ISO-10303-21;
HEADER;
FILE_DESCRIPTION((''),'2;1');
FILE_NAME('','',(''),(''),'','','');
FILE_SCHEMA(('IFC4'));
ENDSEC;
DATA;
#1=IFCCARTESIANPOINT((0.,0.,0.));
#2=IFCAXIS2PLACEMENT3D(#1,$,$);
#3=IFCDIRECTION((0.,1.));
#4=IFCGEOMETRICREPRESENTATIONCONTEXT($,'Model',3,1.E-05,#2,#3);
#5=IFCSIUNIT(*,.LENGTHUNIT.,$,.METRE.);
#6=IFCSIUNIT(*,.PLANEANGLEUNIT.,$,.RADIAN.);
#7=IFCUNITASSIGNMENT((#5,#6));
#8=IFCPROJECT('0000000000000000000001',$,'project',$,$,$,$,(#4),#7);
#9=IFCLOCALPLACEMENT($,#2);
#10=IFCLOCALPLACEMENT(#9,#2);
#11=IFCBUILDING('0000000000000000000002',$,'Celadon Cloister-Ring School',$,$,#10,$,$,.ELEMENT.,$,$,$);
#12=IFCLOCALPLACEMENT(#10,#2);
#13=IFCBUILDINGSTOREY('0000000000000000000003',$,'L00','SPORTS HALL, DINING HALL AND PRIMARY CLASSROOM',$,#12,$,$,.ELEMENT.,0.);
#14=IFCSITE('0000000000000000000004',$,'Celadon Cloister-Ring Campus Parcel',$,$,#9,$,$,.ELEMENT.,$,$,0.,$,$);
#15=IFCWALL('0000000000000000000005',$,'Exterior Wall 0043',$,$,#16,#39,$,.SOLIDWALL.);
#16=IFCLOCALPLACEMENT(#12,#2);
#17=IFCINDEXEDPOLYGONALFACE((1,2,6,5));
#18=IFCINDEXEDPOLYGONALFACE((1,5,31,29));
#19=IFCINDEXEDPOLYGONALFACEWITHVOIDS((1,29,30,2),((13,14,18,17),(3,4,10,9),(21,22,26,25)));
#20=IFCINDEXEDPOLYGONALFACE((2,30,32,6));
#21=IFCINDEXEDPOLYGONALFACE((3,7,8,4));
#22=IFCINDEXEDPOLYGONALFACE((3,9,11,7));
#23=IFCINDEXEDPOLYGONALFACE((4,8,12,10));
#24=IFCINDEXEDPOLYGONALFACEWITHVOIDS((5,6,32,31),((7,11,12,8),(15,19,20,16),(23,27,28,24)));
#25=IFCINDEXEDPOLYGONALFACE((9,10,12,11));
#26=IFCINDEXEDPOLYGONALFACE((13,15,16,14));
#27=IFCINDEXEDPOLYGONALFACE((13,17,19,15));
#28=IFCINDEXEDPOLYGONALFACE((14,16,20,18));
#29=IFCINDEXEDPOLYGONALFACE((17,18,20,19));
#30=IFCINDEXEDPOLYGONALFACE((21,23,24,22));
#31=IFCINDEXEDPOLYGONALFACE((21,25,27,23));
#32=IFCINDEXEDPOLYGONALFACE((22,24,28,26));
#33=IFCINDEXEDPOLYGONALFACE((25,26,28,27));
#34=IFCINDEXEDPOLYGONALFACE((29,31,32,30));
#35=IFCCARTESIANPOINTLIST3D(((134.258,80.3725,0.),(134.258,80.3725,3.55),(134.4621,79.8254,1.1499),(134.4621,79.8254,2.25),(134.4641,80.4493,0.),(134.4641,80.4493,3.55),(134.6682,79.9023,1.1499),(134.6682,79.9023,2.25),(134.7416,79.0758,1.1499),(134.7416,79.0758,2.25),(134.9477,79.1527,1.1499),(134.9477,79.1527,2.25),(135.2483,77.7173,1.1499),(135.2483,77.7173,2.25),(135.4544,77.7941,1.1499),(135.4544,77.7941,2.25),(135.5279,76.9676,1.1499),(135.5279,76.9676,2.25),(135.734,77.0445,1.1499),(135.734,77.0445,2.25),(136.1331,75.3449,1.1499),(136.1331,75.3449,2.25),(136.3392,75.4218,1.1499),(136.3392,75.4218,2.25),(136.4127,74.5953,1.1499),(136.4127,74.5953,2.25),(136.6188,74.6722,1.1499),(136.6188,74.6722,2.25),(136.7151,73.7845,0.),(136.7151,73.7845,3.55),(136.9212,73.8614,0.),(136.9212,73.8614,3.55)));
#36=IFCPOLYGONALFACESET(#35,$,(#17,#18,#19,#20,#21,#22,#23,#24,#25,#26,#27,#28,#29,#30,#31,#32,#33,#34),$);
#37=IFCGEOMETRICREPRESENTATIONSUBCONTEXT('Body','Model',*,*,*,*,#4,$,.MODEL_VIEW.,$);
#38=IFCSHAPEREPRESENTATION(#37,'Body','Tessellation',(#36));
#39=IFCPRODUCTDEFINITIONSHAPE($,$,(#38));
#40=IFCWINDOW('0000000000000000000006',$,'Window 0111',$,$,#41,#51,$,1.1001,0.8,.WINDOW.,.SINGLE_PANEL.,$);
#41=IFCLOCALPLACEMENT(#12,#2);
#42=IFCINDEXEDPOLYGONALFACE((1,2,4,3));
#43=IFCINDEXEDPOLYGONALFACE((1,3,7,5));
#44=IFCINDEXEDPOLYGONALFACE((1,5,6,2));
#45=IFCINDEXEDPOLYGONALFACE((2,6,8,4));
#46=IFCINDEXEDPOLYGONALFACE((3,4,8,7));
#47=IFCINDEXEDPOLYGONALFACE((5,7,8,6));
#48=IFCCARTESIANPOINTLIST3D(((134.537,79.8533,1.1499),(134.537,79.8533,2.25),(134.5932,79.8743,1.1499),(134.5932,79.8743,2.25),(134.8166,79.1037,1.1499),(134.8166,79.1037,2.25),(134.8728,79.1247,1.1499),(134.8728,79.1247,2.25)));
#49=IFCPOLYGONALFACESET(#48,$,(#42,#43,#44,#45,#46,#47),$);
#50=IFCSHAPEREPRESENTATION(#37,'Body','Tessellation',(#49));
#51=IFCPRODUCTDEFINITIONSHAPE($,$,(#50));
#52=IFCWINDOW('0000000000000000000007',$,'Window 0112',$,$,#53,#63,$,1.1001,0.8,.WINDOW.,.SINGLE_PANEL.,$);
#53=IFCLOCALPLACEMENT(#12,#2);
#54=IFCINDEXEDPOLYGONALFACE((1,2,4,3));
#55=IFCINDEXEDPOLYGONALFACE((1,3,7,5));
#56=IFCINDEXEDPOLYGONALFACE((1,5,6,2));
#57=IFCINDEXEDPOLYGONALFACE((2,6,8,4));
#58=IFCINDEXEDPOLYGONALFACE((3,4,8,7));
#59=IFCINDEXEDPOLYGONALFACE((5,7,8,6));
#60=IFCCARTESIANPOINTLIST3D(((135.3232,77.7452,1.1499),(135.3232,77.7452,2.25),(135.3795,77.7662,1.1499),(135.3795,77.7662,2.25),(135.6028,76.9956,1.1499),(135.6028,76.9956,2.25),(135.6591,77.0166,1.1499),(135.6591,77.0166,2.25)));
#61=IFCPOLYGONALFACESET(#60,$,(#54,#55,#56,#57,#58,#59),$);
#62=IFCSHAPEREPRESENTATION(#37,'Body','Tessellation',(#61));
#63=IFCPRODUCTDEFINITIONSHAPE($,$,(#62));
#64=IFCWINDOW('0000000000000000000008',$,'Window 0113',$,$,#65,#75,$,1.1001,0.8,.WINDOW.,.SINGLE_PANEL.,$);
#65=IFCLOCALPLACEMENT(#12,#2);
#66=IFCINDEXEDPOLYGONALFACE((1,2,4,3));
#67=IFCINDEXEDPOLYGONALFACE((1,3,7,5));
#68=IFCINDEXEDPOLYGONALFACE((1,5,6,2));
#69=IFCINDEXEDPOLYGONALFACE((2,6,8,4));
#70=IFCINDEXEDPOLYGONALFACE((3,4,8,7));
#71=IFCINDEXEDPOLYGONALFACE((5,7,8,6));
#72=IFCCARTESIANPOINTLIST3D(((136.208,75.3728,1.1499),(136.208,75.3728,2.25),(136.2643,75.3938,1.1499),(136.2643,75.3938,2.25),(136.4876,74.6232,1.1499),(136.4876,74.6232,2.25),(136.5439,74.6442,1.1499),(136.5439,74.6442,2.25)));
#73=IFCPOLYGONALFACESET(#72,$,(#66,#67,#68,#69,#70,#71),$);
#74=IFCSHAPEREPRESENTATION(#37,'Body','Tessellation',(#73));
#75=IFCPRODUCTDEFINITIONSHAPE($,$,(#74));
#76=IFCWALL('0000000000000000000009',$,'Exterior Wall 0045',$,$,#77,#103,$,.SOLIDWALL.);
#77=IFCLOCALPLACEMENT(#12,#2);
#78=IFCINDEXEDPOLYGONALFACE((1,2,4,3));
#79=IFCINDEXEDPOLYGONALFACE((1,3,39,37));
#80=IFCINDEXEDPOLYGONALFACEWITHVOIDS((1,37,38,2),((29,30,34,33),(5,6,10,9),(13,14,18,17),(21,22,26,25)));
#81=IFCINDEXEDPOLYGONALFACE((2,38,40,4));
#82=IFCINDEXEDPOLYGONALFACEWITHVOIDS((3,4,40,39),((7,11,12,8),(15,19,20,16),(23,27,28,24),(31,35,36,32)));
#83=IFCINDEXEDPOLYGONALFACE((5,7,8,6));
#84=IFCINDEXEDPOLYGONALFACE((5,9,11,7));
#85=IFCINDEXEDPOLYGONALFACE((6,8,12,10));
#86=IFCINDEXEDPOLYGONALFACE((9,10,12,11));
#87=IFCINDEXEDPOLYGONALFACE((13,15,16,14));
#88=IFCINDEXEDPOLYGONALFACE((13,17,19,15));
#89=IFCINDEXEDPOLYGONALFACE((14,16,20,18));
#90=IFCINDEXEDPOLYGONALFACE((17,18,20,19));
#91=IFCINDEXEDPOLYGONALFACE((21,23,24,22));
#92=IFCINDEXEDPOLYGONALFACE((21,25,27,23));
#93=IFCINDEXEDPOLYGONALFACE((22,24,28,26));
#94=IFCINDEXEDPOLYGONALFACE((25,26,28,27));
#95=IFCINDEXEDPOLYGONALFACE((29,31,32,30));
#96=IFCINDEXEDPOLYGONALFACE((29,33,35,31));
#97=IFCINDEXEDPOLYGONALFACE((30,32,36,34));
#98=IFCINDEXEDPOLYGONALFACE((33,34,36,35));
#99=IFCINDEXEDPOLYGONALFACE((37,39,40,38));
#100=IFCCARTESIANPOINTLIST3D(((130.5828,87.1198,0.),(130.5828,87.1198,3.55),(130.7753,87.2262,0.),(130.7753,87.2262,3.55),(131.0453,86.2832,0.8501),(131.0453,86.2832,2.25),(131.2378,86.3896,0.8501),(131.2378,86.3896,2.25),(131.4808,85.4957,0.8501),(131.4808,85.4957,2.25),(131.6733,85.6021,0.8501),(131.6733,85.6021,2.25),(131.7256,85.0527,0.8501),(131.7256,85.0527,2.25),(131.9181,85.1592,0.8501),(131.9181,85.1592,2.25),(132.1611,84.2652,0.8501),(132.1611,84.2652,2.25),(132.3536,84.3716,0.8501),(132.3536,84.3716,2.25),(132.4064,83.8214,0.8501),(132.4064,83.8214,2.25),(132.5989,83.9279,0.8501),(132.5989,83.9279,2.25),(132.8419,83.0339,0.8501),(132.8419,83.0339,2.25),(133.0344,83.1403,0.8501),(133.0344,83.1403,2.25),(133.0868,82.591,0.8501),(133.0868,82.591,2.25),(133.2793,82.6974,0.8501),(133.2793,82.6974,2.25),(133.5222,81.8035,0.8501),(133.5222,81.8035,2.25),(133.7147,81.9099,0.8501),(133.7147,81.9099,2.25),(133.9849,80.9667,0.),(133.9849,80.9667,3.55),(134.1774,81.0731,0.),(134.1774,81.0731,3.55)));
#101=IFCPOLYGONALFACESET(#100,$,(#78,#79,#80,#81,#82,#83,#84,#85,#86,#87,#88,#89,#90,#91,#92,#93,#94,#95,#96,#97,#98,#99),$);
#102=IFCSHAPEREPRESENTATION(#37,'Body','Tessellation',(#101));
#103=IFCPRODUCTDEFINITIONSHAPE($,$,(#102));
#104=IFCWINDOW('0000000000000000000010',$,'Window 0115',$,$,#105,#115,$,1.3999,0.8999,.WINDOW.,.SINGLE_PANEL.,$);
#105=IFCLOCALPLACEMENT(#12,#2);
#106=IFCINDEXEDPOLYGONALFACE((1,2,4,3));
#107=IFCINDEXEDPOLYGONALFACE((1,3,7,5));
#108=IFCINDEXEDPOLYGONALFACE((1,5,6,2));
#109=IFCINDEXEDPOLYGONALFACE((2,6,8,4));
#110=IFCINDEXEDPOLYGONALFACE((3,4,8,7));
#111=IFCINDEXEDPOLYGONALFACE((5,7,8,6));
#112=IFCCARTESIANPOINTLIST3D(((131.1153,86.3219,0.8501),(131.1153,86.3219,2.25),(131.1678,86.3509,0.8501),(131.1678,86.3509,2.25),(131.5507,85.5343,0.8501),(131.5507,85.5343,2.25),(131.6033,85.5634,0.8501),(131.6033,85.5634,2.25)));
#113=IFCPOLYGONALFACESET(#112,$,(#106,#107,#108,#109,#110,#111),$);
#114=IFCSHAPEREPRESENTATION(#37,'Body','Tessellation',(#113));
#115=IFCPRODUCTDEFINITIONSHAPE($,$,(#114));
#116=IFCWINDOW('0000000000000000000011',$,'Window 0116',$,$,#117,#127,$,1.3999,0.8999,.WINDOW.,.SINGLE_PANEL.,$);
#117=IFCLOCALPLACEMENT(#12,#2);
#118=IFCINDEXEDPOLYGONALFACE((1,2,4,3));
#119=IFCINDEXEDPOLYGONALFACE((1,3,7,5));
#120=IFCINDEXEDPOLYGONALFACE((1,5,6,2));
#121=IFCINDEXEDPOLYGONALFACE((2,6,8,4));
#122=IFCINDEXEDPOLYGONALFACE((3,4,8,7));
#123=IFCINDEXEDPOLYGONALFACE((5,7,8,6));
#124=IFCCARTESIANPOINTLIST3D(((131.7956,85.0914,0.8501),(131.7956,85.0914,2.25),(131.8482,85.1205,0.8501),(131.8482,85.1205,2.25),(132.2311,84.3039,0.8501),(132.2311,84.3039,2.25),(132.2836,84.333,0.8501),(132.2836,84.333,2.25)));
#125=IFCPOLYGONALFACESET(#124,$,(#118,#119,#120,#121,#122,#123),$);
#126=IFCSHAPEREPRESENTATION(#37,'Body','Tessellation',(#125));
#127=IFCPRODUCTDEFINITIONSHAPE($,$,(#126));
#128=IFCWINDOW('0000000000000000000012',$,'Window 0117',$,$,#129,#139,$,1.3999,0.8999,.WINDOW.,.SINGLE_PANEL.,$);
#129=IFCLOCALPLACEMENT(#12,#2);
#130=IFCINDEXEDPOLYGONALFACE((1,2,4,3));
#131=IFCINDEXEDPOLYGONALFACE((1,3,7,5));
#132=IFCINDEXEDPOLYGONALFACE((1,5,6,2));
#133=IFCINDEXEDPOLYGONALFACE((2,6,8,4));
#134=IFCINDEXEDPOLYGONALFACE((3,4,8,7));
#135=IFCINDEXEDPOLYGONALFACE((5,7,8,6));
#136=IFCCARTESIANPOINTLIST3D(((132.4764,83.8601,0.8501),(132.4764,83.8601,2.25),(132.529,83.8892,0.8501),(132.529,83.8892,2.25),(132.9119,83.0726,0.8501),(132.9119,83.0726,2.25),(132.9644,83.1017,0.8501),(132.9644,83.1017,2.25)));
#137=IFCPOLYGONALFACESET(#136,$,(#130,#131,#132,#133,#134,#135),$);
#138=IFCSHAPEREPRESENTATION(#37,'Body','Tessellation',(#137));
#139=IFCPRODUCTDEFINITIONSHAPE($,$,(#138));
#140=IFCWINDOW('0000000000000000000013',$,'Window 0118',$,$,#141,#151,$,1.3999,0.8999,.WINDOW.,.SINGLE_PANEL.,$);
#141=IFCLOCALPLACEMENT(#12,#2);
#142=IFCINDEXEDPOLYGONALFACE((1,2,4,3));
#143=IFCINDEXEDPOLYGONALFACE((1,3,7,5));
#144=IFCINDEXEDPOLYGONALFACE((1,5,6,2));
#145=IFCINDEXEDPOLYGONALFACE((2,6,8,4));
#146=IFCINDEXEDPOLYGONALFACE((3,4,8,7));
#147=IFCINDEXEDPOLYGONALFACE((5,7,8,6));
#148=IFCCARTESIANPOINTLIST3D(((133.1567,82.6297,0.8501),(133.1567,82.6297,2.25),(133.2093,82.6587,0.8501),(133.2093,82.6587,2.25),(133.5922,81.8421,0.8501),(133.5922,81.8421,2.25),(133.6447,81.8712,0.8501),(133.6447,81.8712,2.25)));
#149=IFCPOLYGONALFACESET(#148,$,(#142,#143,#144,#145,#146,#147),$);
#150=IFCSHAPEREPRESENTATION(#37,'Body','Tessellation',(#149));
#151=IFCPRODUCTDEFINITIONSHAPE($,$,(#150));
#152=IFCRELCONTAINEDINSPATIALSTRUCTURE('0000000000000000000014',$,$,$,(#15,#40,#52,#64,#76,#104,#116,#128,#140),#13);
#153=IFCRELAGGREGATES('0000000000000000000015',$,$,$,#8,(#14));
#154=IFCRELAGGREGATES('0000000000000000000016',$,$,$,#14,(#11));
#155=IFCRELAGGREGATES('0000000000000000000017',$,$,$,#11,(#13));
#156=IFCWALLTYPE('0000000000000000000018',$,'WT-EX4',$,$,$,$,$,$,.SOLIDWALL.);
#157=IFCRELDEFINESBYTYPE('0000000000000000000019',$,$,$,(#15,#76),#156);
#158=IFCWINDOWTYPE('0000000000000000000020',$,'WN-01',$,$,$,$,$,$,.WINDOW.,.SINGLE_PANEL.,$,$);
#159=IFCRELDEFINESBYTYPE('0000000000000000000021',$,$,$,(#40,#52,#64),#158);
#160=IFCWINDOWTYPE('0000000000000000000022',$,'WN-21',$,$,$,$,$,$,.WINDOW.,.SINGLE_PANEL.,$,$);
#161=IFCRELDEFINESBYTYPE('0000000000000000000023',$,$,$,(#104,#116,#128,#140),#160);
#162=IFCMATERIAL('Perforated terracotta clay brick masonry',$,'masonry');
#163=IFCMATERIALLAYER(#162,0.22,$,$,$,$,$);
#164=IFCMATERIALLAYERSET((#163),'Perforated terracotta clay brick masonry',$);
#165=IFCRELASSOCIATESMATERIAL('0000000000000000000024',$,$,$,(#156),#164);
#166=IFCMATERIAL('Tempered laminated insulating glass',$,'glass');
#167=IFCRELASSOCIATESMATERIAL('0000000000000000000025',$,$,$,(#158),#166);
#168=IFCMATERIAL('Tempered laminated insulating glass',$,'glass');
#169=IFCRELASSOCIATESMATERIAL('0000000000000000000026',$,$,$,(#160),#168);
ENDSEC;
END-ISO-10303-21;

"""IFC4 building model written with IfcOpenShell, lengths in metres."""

from ifc_helpers import new_model, si_unit, direction, frame, frame_2d, origin, place, context, subcontext, project, spatial, rectangle, extrude, material, layer, layer_set, type_object, element, fill, save


model = new_model("IFC4")

# Units and contexts
model_context = context("Model", 3, precision=1e-05, world=origin(), true_north=direction((0.0, 1.0)))
body_context = subcontext(model_context, "Body", "Model", "MODEL_VIEW")
ifc_project = project(units=[si_unit("LENGTHUNIT", "METRE"), si_unit("PLANEANGLEUNIT", "RADIAN")], contexts=[model_context])

# Site, building, storey
site_placement = place(None, origin())
site = spatial("IfcSite", under=ifc_project, at=site_placement, Name="Celadon Cloister-Ring Campus Parcel", CompositionType="ELEMENT", RefElevation=0.0)
building_placement = place(site_placement, origin())
building = spatial("IfcBuilding", under=site, at=building_placement, Name="Celadon Cloister-Ring School", CompositionType="ELEMENT")
storey_placement = place(building_placement, origin())
storey = spatial("IfcBuildingStorey", under=building, at=storey_placement, Name="L00", Description="SPORTS HALL, DINING HALL AND PRIMARY CLASSROOM", CompositionType="ELEMENT", Elevation=0.0)

# Walls, openings, windows
ifc_material_1 = material(Name="Perforated terracotta clay brick masonry", Category="masonry")
ifc_layer_1 = layer(ifc_material_1, 0.22)
ifc_layer_set_1 = layer_set([ifc_layer_1], Name="Perforated terracotta clay brick masonry")
wall_type = type_object("IfcWallType", Name="WT-EX4", PredefinedType="SOLIDWALL", material=ifc_layer_set_1)
wall_1_placement = place(storey_placement, frame((134.3611, 80.4109, 0.0), z_axis=(0.0, 0.0, 1.0), x_axis=(0.349449, -0.936956, 0.0)))
wall_1 = element("IfcWall", 1, at=wall_1_placement, inside=storey, type_object=wall_type, Name="Exterior Wall 0043", PredefinedType="SOLIDWALL", context=body_context, shape_type="SweptSolid", body=[
    extrude(rectangle(XDim=7.0312, YDim=0.22, at=frame_2d((3.5156, 0.0))), origin(), (0.0, 0.0, 1.0), 3.55),
])
opening_1_placement = place(wall_1_placement, frame((0.584, 0.0, 1.1499)))
opening_1 = element("IfcOpeningElement", 2, at=opening_1_placement, cuts=wall_1, PredefinedType="OPENING", context=body_context, shape_type="SweptSolid", body=[
    extrude(rectangle(XDim=0.8, YDim=1.1001, at=frame_2d((0.3999, 0.55))), frame((0.0, 0.1201, 0.0), z_axis=(0.0, -1.0, 0.0), x_axis=(1.0, 0.0, 0.0)), (0.0, 0.0, 1.0), 0.24),
])
opening_2_placement = place(wall_1_placement, frame((2.834, 0.0, 1.1499)))
opening_2 = element("IfcOpeningElement", 3, at=opening_2_placement, cuts=wall_1, PredefinedType="OPENING", context=body_context, shape_type="SweptSolid", body=[
    extrude(rectangle(XDim=0.8, YDim=1.1001, at=frame_2d((0.3999, 0.55))), frame((0.0, 0.1201, 0.0), z_axis=(0.0, -1.0, 0.0), x_axis=(1.0, 0.0, 0.0)), (0.0, 0.0, 1.0), 0.24),
])
opening_3_placement = place(wall_1_placement, frame((5.366, 0.0, 1.1499)))
opening_3 = element("IfcOpeningElement", 4, at=opening_3_placement, cuts=wall_1, PredefinedType="OPENING", context=body_context, shape_type="SweptSolid", body=[
    extrude(rectangle(XDim=0.8, YDim=1.1001, at=frame_2d((0.3999, 0.55))), frame((0.0, 0.1201, 0.0), z_axis=(0.0, -1.0, 0.0), x_axis=(1.0, 0.0, 0.0)), (0.0, 0.0, 1.0), 0.24),
])
ifc_material_2 = material(Name="Tempered laminated insulating glass", Category="glass")
window_type_1 = type_object("IfcWindowType", Name="WN-01", PartitioningType="SINGLE_PANEL", PredefinedType="WINDOW", material=ifc_material_2)
window_1_placement = place(opening_1_placement, origin())
window_1 = element("IfcWindow", 5, at=window_1_placement, inside=storey, type_object=window_type_1, Name="Window 0111", OverallHeight=1.1001, OverallWidth=0.8, PartitioningType="SINGLE_PANEL", PredefinedType="WINDOW", context=body_context, shape_type="SweptSolid", body=[
    extrude(rectangle(XDim=0.8, YDim=1.1001, at=frame_2d((0.3999, 0.55))), frame((0.0, 0.03, 0.0), z_axis=(0.0, -1.0, 0.0), x_axis=(1.0, 0.0, 0.0)), (0.0, 0.0, 1.0), 0.0601),
])
fill(opening_1, window_1)
window_2_placement = place(opening_2_placement, origin())
window_2 = element("IfcWindow", 6, at=window_2_placement, inside=storey, type_object=window_type_1, Name="Window 0112", OverallHeight=1.1001, OverallWidth=0.8, PartitioningType="SINGLE_PANEL", PredefinedType="WINDOW", context=body_context, shape_type="SweptSolid", body=[
    extrude(rectangle(XDim=0.8, YDim=1.1001, at=frame_2d((0.3999, 0.55))), frame((0.0, 0.03, 0.0), z_axis=(0.0, -1.0, 0.0), x_axis=(1.0, 0.0, 0.0)), (0.0, 0.0, 1.0), 0.0601),
])
fill(opening_2, window_2)
window_3_placement = place(opening_3_placement, origin())
window_3 = element("IfcWindow", 7, at=window_3_placement, inside=storey, type_object=window_type_1, Name="Window 0113", OverallHeight=1.1001, OverallWidth=0.8, PartitioningType="SINGLE_PANEL", PredefinedType="WINDOW", context=body_context, shape_type="SweptSolid", body=[
    extrude(rectangle(XDim=0.8, YDim=1.1001, at=frame_2d((0.3999, 0.55))), frame((0.0, 0.03, 0.0), z_axis=(0.0, -1.0, 0.0), x_axis=(1.0, 0.0, 0.0)), (0.0, 0.0, 1.0), 0.0601),
])
fill(opening_3, window_3)
wall_2_placement = place(storey_placement, frame((130.679, 87.1731, 0.0), z_axis=(0.0, 0.0, 1.0), x_axis=(0.483873, -0.875138, 0.0)))
wall_2 = element("IfcWall", 8, at=wall_2_placement, inside=storey, type_object=wall_type, Name="Exterior Wall 0045", PredefinedType="SOLIDWALL", context=body_context, shape_type="SweptSolid", body=[
    extrude(rectangle(XDim=7.031, YDim=0.22, at=frame_2d((3.5156, 0.0))), origin(), (0.0, 0.0, 1.0), 3.55),
])
opening_4_placement = place(wall_2_placement, frame((0.9561, 0.0, 0.8501)))
opening_4 = element("IfcOpeningElement", 9, at=opening_4_placement, cuts=wall_2, PredefinedType="OPENING", context=body_context, shape_type="SweptSolid", body=[
    extrude(rectangle(XDim=0.8999, YDim=1.3999, at=frame_2d((0.45, 0.7))), frame((0.0, 0.1201, 0.0), z_axis=(0.0, -1.0, 0.0), x_axis=(1.0, 0.0, 0.0)), (0.0, 0.0, 1.0), 0.24),
])
opening_5_placement = place(wall_2_placement, frame((2.3621, 0.0, 0.8501)))
opening_5 = element("IfcOpeningElement", 10, at=opening_5_placement, cuts=wall_2, PredefinedType="OPENING", context=body_context, shape_type="SweptSolid", body=[
    extrude(rectangle(XDim=0.8999, YDim=1.3999, at=frame_2d((0.45, 0.7))), frame((0.0, 0.1201, 0.0), z_axis=(0.0, -1.0, 0.0), x_axis=(1.0, 0.0, 0.0)), (0.0, 0.0, 1.0), 0.24),
])
opening_6_placement = place(wall_2_placement, frame((3.769, 0.0, 0.8501)))
opening_6 = element("IfcOpeningElement", 11, at=opening_6_placement, cuts=wall_2, PredefinedType="OPENING", context=body_context, shape_type="SweptSolid", body=[
    extrude(rectangle(XDim=0.8999, YDim=1.3999, at=frame_2d((0.45, 0.7))), frame((0.0, 0.1201, 0.0), z_axis=(0.0, -1.0, 0.0), x_axis=(1.0, 0.0, 0.0)), (0.0, 0.0, 1.0), 0.24),
])
opening_7_placement = place(wall_2_placement, frame((5.175, 0.0, 0.8501)))
opening_7 = element("IfcOpeningElement", 12, at=opening_7_placement, cuts=wall_2, PredefinedType="OPENING", context=body_context, shape_type="SweptSolid", body=[
    extrude(rectangle(XDim=0.8999, YDim=1.3999, at=frame_2d((0.45, 0.7))), frame((0.0, 0.1201, 0.0), z_axis=(0.0, -1.0, 0.0), x_axis=(1.0, 0.0, 0.0)), (0.0, 0.0, 1.0), 0.24),
])
ifc_material_3 = material(Name="Tempered laminated insulating glass", Category="glass")
window_type_2 = type_object("IfcWindowType", Name="WN-21", PartitioningType="SINGLE_PANEL", PredefinedType="WINDOW", material=ifc_material_3)
window_4_placement = place(opening_4_placement, origin())
window_4 = element("IfcWindow", 13, at=window_4_placement, inside=storey, type_object=window_type_2, Name="Window 0115", OverallHeight=1.3999, OverallWidth=0.8999, PartitioningType="SINGLE_PANEL", PredefinedType="WINDOW", context=body_context, shape_type="SweptSolid", body=[
    extrude(rectangle(XDim=0.8999, YDim=1.3999, at=frame_2d((0.45, 0.7))), frame((0.0, 0.03, 0.0), z_axis=(0.0, -1.0, 0.0), x_axis=(1.0, 0.0, 0.0)), (0.0, 0.0, 1.0), 0.0601),
])
fill(opening_4, window_4)
window_5_placement = place(opening_5_placement, origin())
window_5 = element("IfcWindow", 14, at=window_5_placement, inside=storey, type_object=window_type_2, Name="Window 0116", OverallHeight=1.3999, OverallWidth=0.8999, PartitioningType="SINGLE_PANEL", PredefinedType="WINDOW", context=body_context, shape_type="SweptSolid", body=[
    extrude(rectangle(XDim=0.8999, YDim=1.3999, at=frame_2d((0.45, 0.7))), frame((0.0, 0.03, 0.0), z_axis=(0.0, -1.0, 0.0), x_axis=(1.0, 0.0, 0.0)), (0.0, 0.0, 1.0), 0.0601),
])
fill(opening_5, window_5)
window_6_placement = place(opening_6_placement, origin())
window_6 = element("IfcWindow", 15, at=window_6_placement, inside=storey, type_object=window_type_2, Name="Window 0117", OverallHeight=1.3999, OverallWidth=0.8999, PartitioningType="SINGLE_PANEL", PredefinedType="WINDOW", context=body_context, shape_type="SweptSolid", body=[
    extrude(rectangle(XDim=0.8999, YDim=1.3999, at=frame_2d((0.45, 0.7))), frame((0.0, 0.03, 0.0), z_axis=(0.0, -1.0, 0.0), x_axis=(1.0, 0.0, 0.0)), (0.0, 0.0, 1.0), 0.0601),
])
fill(opening_6, window_6)
window_7_placement = place(opening_7_placement, origin())
window_7 = element("IfcWindow", 16, at=window_7_placement, inside=storey, type_object=window_type_2, Name="Window 0118", OverallHeight=1.3999, OverallWidth=0.8999, PartitioningType="SINGLE_PANEL", PredefinedType="WINDOW", context=body_context, shape_type="SweptSolid", body=[
    extrude(rectangle(XDim=0.8999, YDim=1.3999, at=frame_2d((0.45, 0.7))), frame((0.0, 0.03, 0.0), z_axis=(0.0, -1.0, 0.0), x_axis=(1.0, 0.0, 0.0)), (0.0, 0.0, 1.0), 0.0601),
])
fill(opening_7, window_7)

save(model, "model.ifc")
